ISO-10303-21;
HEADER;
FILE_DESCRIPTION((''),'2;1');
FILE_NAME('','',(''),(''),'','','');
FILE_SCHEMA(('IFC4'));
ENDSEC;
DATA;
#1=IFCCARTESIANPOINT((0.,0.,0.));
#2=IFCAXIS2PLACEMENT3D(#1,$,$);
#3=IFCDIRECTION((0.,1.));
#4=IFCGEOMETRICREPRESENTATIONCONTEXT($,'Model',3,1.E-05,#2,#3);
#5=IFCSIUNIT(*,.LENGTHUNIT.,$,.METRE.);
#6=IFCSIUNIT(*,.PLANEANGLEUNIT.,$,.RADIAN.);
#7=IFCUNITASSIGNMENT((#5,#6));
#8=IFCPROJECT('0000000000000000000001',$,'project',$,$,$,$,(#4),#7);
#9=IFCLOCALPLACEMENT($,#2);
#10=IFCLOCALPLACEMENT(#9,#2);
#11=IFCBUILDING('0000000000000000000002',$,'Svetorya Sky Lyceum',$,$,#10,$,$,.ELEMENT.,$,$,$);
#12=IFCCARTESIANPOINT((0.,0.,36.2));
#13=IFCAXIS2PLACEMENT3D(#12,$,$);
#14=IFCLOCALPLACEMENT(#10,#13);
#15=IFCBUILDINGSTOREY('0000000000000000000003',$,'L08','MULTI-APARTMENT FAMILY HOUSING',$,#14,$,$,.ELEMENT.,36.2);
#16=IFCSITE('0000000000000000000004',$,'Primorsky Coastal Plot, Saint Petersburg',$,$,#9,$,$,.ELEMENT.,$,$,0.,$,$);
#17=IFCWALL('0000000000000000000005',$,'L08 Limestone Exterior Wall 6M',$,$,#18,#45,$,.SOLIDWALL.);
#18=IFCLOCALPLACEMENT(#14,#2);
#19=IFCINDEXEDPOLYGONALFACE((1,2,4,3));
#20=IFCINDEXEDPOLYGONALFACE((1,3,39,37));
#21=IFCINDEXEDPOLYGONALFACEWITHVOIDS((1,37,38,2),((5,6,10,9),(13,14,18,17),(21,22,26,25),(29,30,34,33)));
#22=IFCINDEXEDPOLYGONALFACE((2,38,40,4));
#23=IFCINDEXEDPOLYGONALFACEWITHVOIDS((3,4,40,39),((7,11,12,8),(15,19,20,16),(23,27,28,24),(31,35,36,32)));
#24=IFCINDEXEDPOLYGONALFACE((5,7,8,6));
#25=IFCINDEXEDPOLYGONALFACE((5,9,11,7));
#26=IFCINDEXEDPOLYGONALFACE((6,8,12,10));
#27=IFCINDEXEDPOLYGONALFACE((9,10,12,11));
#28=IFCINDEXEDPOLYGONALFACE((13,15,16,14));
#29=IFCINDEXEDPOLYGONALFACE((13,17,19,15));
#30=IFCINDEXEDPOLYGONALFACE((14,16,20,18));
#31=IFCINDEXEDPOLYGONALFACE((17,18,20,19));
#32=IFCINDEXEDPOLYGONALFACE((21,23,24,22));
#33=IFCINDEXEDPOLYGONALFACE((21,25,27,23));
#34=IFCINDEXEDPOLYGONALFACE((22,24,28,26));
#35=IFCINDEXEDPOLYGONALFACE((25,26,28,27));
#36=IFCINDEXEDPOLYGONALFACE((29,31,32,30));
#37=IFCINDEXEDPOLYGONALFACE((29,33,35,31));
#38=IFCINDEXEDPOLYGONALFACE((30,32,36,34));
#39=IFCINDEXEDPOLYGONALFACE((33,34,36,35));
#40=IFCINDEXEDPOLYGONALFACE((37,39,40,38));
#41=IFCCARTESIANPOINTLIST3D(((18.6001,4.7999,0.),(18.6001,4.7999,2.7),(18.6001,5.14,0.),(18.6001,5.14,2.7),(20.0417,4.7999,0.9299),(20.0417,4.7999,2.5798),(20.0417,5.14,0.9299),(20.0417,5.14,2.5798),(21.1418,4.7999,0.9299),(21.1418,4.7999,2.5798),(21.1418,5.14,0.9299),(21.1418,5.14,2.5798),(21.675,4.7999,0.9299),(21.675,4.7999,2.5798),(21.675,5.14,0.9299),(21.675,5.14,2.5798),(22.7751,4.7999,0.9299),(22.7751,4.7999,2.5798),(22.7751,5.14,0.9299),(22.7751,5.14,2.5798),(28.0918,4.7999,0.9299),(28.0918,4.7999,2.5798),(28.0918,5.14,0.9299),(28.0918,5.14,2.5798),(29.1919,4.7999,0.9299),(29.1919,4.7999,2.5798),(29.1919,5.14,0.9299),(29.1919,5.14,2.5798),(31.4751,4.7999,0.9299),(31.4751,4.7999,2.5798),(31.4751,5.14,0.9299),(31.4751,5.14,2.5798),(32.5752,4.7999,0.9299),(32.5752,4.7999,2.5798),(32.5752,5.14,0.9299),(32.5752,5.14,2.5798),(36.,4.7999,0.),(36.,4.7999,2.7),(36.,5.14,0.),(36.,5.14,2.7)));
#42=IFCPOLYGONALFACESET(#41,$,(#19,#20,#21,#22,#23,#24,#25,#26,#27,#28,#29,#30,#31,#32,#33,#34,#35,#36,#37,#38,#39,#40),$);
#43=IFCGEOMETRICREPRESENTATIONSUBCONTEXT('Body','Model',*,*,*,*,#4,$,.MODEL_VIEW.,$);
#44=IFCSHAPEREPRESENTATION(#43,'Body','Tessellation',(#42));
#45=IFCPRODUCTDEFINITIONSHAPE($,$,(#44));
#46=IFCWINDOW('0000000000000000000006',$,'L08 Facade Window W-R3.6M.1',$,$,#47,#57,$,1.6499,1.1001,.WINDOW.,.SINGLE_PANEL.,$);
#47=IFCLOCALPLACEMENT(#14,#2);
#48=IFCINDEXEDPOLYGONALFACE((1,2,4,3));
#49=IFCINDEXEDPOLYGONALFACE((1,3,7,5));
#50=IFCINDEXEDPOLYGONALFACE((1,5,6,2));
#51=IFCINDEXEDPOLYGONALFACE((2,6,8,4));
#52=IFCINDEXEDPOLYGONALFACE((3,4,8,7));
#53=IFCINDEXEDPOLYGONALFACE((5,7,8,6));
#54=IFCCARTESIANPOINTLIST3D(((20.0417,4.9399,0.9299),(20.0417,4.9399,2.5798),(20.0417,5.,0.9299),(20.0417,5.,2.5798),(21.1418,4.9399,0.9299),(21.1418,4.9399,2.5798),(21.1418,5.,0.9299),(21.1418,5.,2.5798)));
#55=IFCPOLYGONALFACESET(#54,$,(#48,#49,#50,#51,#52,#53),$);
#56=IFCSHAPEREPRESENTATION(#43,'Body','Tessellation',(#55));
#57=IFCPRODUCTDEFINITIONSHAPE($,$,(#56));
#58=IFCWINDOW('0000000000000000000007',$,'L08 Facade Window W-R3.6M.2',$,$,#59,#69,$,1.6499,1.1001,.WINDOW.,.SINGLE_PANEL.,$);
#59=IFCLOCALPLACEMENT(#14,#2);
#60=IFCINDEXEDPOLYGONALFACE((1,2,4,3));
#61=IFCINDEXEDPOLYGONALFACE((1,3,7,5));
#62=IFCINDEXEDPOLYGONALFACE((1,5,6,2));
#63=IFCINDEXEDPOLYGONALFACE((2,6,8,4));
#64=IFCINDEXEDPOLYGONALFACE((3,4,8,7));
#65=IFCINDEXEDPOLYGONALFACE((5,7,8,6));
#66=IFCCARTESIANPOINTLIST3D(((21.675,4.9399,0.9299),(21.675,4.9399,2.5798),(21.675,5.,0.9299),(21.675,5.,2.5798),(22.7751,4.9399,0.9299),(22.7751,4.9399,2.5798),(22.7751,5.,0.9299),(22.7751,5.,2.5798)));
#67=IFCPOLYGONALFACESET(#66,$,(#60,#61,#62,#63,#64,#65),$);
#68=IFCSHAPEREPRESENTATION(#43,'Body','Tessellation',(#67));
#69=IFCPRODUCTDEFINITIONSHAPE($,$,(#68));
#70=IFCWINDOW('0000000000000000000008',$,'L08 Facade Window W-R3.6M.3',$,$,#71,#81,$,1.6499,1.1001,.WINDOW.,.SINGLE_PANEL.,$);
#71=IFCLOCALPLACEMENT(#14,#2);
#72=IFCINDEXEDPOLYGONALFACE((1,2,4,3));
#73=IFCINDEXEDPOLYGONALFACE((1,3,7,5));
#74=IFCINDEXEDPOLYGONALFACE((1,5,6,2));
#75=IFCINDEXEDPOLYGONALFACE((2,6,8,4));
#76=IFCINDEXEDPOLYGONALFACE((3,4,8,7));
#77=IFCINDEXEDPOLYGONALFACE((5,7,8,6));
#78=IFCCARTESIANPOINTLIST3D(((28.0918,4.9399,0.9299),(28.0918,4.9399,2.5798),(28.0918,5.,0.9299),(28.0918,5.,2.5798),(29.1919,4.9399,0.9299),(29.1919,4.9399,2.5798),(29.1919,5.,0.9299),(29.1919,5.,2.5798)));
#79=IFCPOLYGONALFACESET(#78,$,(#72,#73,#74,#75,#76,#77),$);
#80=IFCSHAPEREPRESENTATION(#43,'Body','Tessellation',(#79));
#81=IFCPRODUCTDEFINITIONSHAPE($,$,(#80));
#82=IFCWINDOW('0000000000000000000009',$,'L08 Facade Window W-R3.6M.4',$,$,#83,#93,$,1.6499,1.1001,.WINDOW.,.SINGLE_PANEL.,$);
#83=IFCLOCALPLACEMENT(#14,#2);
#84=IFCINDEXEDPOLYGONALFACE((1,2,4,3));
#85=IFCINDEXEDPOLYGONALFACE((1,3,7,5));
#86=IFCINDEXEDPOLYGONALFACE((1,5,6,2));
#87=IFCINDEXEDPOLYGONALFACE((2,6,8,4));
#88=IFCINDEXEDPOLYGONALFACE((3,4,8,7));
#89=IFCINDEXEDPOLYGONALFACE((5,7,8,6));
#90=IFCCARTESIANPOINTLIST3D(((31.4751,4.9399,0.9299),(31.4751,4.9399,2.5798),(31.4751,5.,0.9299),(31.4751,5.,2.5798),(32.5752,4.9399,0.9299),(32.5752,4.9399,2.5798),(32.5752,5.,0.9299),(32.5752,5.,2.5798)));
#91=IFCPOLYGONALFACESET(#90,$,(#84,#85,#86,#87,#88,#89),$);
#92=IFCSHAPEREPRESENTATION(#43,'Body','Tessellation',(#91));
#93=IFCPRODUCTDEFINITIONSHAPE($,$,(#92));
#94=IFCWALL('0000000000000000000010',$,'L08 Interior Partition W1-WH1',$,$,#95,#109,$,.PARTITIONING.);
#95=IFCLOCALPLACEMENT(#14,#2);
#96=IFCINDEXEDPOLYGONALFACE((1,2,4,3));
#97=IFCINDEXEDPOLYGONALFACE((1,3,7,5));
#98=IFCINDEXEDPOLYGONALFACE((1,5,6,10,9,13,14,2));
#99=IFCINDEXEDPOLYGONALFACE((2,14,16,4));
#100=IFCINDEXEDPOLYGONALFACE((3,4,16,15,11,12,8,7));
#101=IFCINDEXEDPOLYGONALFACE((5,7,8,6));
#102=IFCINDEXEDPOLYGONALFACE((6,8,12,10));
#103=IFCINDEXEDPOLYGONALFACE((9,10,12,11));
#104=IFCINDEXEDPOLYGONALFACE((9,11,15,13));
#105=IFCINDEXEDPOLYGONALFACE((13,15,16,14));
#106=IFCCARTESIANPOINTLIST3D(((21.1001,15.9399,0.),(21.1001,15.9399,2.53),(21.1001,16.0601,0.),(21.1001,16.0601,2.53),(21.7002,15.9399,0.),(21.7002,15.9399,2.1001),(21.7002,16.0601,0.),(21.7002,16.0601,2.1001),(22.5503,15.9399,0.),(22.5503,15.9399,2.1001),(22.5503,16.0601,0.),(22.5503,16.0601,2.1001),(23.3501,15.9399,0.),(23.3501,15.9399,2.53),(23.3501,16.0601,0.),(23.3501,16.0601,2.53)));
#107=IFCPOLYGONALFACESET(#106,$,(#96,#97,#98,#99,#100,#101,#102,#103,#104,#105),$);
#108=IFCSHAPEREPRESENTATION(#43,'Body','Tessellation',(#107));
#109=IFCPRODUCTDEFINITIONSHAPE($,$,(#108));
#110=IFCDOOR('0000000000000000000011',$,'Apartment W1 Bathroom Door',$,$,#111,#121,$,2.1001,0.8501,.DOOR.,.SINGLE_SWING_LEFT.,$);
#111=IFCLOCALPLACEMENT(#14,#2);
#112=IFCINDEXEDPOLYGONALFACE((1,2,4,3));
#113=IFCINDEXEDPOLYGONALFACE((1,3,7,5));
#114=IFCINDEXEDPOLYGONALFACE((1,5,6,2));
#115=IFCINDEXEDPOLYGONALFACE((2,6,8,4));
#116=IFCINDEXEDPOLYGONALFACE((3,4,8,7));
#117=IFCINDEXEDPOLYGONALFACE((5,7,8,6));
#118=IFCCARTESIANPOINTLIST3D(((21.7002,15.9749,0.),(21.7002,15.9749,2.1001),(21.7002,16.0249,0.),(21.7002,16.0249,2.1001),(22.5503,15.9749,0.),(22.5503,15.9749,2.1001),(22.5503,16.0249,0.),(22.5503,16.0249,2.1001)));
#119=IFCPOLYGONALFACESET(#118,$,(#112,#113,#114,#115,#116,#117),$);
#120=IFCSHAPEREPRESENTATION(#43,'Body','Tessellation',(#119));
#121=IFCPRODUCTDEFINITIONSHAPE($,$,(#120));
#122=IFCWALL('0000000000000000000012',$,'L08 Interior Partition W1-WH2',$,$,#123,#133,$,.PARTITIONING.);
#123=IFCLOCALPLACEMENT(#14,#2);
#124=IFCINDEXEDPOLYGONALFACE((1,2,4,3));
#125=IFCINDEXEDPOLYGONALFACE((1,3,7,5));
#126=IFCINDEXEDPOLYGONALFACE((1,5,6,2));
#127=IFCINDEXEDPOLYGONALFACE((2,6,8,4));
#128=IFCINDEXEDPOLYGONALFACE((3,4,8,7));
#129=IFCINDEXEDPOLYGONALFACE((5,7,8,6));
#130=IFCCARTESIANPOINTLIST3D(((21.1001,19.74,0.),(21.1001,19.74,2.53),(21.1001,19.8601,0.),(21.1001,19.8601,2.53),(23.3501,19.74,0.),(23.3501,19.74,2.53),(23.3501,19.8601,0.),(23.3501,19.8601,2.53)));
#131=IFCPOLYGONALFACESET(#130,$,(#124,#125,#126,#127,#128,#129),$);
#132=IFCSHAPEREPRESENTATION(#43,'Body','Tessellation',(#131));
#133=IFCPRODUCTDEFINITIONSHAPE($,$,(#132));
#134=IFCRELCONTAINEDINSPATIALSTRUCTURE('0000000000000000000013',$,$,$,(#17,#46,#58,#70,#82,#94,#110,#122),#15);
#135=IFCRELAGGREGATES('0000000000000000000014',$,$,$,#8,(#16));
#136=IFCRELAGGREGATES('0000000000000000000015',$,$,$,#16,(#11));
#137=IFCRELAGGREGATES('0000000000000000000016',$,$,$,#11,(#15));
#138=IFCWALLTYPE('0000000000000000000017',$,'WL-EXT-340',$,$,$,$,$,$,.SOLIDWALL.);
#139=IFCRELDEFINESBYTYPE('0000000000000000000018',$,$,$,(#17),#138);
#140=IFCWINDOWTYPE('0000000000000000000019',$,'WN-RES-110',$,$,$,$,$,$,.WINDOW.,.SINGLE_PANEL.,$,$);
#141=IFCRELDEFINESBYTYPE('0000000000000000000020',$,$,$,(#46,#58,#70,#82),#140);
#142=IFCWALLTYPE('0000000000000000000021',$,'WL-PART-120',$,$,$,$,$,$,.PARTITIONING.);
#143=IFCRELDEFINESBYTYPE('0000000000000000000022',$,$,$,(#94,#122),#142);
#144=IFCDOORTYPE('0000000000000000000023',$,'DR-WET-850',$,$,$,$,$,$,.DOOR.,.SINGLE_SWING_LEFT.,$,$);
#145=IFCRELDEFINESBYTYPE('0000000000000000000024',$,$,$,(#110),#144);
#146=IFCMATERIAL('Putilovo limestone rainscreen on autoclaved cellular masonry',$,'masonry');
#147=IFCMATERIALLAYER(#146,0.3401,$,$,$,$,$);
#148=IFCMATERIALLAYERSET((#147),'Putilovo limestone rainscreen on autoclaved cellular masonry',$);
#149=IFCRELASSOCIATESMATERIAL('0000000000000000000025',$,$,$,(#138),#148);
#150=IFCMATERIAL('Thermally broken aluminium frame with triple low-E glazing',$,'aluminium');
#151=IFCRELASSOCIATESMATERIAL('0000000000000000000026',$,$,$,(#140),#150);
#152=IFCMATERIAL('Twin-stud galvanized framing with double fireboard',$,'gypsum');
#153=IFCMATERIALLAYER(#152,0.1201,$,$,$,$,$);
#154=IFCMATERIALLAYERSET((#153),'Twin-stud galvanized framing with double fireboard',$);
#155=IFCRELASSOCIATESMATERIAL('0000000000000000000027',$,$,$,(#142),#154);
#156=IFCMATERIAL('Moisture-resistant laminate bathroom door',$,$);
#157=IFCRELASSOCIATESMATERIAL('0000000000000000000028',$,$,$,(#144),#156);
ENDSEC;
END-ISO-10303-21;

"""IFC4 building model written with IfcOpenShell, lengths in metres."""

from ifc_helpers import new_model, si_unit, direction, frame, frame_2d, origin, place, context, subcontext, project, spatial, rectangle, extrude, material, layer, layer_set, type_object, element, fill, save


model = new_model("IFC4")

# Units and contexts
model_context = context("Model", 3, precision=1e-05, world=origin(), true_north=direction((0.0, 1.0)))
body_context = subcontext(model_context, "Body", "Model", "MODEL_VIEW")
ifc_project = project(units=[si_unit("LENGTHUNIT", "METRE"), si_unit("PLANEANGLEUNIT", "RADIAN")], contexts=[model_context])

# Site, building, storey
site_placement = place(None, origin())
site = spatial("IfcSite", under=ifc_project, at=site_placement, Name="Primorsky Coastal Plot, Saint Petersburg", CompositionType="ELEMENT", RefElevation=0.0)
building_placement = place(site_placement, origin())
building = spatial("IfcBuilding", under=site, at=building_placement, Name="Svetorya Sky Lyceum", CompositionType="ELEMENT")
storey_placement = place(building_placement, frame((0.0, 0.0, 36.2)))
storey = spatial("IfcBuildingStorey", under=building, at=storey_placement, Name="L08", Description="MULTI-APARTMENT FAMILY HOUSING", CompositionType="ELEMENT", Elevation=36.2)

# Shared definitions
ifc_material_1 = material(Name="Putilovo limestone rainscreen on autoclaved cellular masonry", Category="masonry")
ifc_layer_1 = layer(ifc_material_1, 0.3401)
ifc_layer_set_1 = layer_set([ifc_layer_1], Name="Putilovo limestone rainscreen on autoclaved cellular masonry")
wall_type_1 = type_object("IfcWallType", Name="WL-EXT-340", PredefinedType="SOLIDWALL", material=ifc_layer_set_1)

# Wall, openings, windows
wall_1_placement = place(storey_placement, frame((18.6001, 4.97, 0.0), z_axis=(0.0, 0.0, 1.0), x_axis=(1.0, 0.0, 0.0)))
wall_1 = element("IfcWall", 1, at=wall_1_placement, inside=storey, type_object=wall_type_1, Name="L08 Limestone Exterior Wall 6M", PredefinedType="SOLIDWALL", context=body_context, shape_type="SweptSolid", body=[
    extrude(rectangle(XDim=17.3999, YDim=0.3401, at=frame_2d((8.7, 0.0))), origin(), (0.0, 0.0, 1.0), 2.7),
])
opening_1_placement = place(wall_1_placement, frame((1.4417, 0.0, 0.9299)))
opening_1 = element("IfcOpeningElement", 2, at=opening_1_placement, cuts=wall_1, PredefinedType="OPENING", context=body_context, shape_type="SweptSolid", body=[
    extrude(rectangle(XDim=1.1001, YDim=1.6499, at=frame_2d((0.55, 0.825))), frame((0.0, 0.1799, 0.0), z_axis=(0.0, -1.0, 0.0), x_axis=(1.0, 0.0, 0.0)), (0.0, 0.0, 1.0), 0.3601),
])
opening_2_placement = place(wall_1_placement, frame((3.075, 0.0, 0.9299)))
opening_2 = element("IfcOpeningElement", 3, at=opening_2_placement, cuts=wall_1, PredefinedType="OPENING", context=body_context, shape_type="SweptSolid", body=[
    extrude(rectangle(XDim=1.1001, YDim=1.6499, at=frame_2d((0.55, 0.825))), frame((0.0, 0.1799, 0.0), z_axis=(0.0, -1.0, 0.0), x_axis=(1.0, 0.0, 0.0)), (0.0, 0.0, 1.0), 0.3601),
])
opening_3_placement = place(wall_1_placement, frame((9.4917, 0.0, 0.9299)))
opening_3 = element("IfcOpeningElement", 4, at=opening_3_placement, cuts=wall_1, PredefinedType="OPENING", context=body_context, shape_type="SweptSolid", body=[
    extrude(rectangle(XDim=1.1001, YDim=1.6499, at=frame_2d((0.55, 0.825))), frame((0.0, 0.1799, 0.0), z_axis=(0.0, -1.0, 0.0), x_axis=(1.0, 0.0, 0.0)), (0.0, 0.0, 1.0), 0.3601),
])
opening_4_placement = place(wall_1_placement, frame((12.875, 0.0, 0.9299)))
opening_4 = element("IfcOpeningElement", 5, at=opening_4_placement, cuts=wall_1, PredefinedType="OPENING", context=body_context, shape_type="SweptSolid", body=[
    extrude(rectangle(XDim=1.1001, YDim=1.6499, at=frame_2d((0.55, 0.825))), frame((0.0, 0.1799, 0.0), z_axis=(0.0, -1.0, 0.0), x_axis=(1.0, 0.0, 0.0)), (0.0, 0.0, 1.0), 0.3601),
])
ifc_material_2 = material(Name="Thermally broken aluminium frame with triple low-E glazing", Category="aluminium")
window_type = type_object("IfcWindowType", Name="WN-RES-110", PartitioningType="SINGLE_PANEL", PredefinedType="WINDOW", material=ifc_material_2)
window_1_placement = place(opening_1_placement, origin())
window_1 = element("IfcWindow", 6, at=window_1_placement, inside=storey, type_object=window_type, Name="L08 Facade Window W-R3.6M.1", OverallHeight=1.6499, OverallWidth=1.1001, PartitioningType="SINGLE_PANEL", PredefinedType="WINDOW", context=body_context, shape_type="SweptSolid", body=[
    extrude(rectangle(XDim=1.1001, YDim=1.6499, at=frame_2d((0.55, 0.825))), frame((0.0, 0.03, 0.0), z_axis=(0.0, -1.0, 0.0), x_axis=(1.0, 0.0, 0.0)), (0.0, 0.0, 1.0), 0.0601),
])
fill(opening_1, window_1)
window_2_placement = place(opening_2_placement, origin())
window_2 = element("IfcWindow", 7, at=window_2_placement, inside=storey, type_object=window_type, Name="L08 Facade Window W-R3.6M.2", OverallHeight=1.6499, OverallWidth=1.1001, PartitioningType="SINGLE_PANEL", PredefinedType="WINDOW", context=body_context, shape_type="SweptSolid", body=[
    extrude(rectangle(XDim=1.1001, YDim=1.6499, at=frame_2d((0.55, 0.825))), frame((0.0, 0.03, 0.0), z_axis=(0.0, -1.0, 0.0), x_axis=(1.0, 0.0, 0.0)), (0.0, 0.0, 1.0), 0.0601),
])
fill(opening_2, window_2)
window_3_placement = place(opening_3_placement, origin())
window_3 = element("IfcWindow", 8, at=window_3_placement, inside=storey, type_object=window_type, Name="L08 Facade Window W-R3.6M.3", OverallHeight=1.6499, OverallWidth=1.1001, PartitioningType="SINGLE_PANEL", PredefinedType="WINDOW", context=body_context, shape_type="SweptSolid", body=[
    extrude(rectangle(XDim=1.1001, YDim=1.6499, at=frame_2d((0.55, 0.825))), frame((0.0, 0.03, 0.0), z_axis=(0.0, -1.0, 0.0), x_axis=(1.0, 0.0, 0.0)), (0.0, 0.0, 1.0), 0.0601),
])
fill(opening_3, window_3)
window_4_placement = place(opening_4_placement, origin())
window_4 = element("IfcWindow", 9, at=window_4_placement, inside=storey, type_object=window_type, Name="L08 Facade Window W-R3.6M.4", OverallHeight=1.6499, OverallWidth=1.1001, PartitioningType="SINGLE_PANEL", PredefinedType="WINDOW", context=body_context, shape_type="SweptSolid", body=[
    extrude(rectangle(XDim=1.1001, YDim=1.6499, at=frame_2d((0.55, 0.825))), frame((0.0, 0.03, 0.0), z_axis=(0.0, -1.0, 0.0), x_axis=(1.0, 0.0, 0.0)), (0.0, 0.0, 1.0), 0.0601),
])
fill(opening_4, window_4)

# Wall, opening, door
ifc_material_3 = material(Name="Twin-stud galvanized framing with double fireboard", Category="gypsum")
ifc_layer_2 = layer(ifc_material_3, 0.1201)
ifc_layer_set_2 = layer_set([ifc_layer_2], Name="Twin-stud galvanized framing with double fireboard")
wall_type_2 = type_object("IfcWallType", Name="WL-PART-120", PredefinedType="PARTITIONING", material=ifc_layer_set_2)
wall_2_placement = place(storey_placement, frame((21.1001, 16.0, 0.0), z_axis=(0.0, 0.0, 1.0), x_axis=(1.0, 0.0, 0.0)))
wall_2 = element("IfcWall", 10, at=wall_2_placement, inside=storey, type_object=wall_type_2, Name="L08 Interior Partition W1-WH1", PredefinedType="PARTITIONING", context=body_context, shape_type="SweptSolid", body=[
    extrude(rectangle(XDim=2.25, YDim=0.1201, at=frame_2d((1.125, 0.0))), origin(), (0.0, 0.0, 1.0), 2.53),
])
opening_5_placement = place(wall_2_placement, frame((0.6001, 0.0, 0.0)))
opening_5 = element("IfcOpeningElement", 11, at=opening_5_placement, cuts=wall_2, PredefinedType="OPENING", context=body_context, shape_type="SweptSolid", body=[
    extrude(rectangle(XDim=0.8501, YDim=2.1001, at=frame_2d((0.425, 1.05))), frame((0.0, 0.0701, 0.0), z_axis=(0.0, -1.0, 0.0), x_axis=(1.0, 0.0, 0.0)), (0.0, 0.0, 1.0), 0.1401),
])
ifc_material_4 = material(Name="Moisture-resistant laminate bathroom door")
door_type_1 = type_object("IfcDoorType", Name="DR-WET-850", OperationType="SINGLE_SWING_LEFT", PredefinedType="DOOR", material=ifc_material_4)
door_1_placement = place(opening_5_placement, origin())
door_1 = element("IfcDoor", 12, at=door_1_placement, inside=storey, type_object=door_type_1, Name="Apartment W1 Bathroom Door", OperationType="SINGLE_SWING_LEFT", OverallHeight=2.1001, OverallWidth=0.8501, PredefinedType="DOOR", context=body_context, shape_type="SweptSolid", body=[
    extrude(rectangle(XDim=0.8501, YDim=2.1001, at=frame_2d((0.425, 1.05))), frame((0.0, 0.0249, 0.0), z_axis=(0.0, -1.0, 0.0), x_axis=(1.0, 0.0, 0.0)), (0.0, 0.0, 1.0), 0.05),
])
fill(opening_5, door_1)

# Wall
wall_3_placement = place(storey_placement, frame((21.1001, 19.8, 0.0), z_axis=(0.0, 0.0, 1.0), x_axis=(1.0, 0.0, 0.0)))
element("IfcWall", 13, at=wall_3_placement, inside=storey, type_object=wall_type_2, Name="L08 Interior Partition W1-WH2", PredefinedType="PARTITIONING", context=body_context, shape_type="SweptSolid", body=[
    extrude(rectangle(XDim=2.25, YDim=0.1201, at=frame_2d((1.125, 0.0))), origin(), (0.0, 0.0, 1.0), 2.53),
])

save(model, "model.ifc")
